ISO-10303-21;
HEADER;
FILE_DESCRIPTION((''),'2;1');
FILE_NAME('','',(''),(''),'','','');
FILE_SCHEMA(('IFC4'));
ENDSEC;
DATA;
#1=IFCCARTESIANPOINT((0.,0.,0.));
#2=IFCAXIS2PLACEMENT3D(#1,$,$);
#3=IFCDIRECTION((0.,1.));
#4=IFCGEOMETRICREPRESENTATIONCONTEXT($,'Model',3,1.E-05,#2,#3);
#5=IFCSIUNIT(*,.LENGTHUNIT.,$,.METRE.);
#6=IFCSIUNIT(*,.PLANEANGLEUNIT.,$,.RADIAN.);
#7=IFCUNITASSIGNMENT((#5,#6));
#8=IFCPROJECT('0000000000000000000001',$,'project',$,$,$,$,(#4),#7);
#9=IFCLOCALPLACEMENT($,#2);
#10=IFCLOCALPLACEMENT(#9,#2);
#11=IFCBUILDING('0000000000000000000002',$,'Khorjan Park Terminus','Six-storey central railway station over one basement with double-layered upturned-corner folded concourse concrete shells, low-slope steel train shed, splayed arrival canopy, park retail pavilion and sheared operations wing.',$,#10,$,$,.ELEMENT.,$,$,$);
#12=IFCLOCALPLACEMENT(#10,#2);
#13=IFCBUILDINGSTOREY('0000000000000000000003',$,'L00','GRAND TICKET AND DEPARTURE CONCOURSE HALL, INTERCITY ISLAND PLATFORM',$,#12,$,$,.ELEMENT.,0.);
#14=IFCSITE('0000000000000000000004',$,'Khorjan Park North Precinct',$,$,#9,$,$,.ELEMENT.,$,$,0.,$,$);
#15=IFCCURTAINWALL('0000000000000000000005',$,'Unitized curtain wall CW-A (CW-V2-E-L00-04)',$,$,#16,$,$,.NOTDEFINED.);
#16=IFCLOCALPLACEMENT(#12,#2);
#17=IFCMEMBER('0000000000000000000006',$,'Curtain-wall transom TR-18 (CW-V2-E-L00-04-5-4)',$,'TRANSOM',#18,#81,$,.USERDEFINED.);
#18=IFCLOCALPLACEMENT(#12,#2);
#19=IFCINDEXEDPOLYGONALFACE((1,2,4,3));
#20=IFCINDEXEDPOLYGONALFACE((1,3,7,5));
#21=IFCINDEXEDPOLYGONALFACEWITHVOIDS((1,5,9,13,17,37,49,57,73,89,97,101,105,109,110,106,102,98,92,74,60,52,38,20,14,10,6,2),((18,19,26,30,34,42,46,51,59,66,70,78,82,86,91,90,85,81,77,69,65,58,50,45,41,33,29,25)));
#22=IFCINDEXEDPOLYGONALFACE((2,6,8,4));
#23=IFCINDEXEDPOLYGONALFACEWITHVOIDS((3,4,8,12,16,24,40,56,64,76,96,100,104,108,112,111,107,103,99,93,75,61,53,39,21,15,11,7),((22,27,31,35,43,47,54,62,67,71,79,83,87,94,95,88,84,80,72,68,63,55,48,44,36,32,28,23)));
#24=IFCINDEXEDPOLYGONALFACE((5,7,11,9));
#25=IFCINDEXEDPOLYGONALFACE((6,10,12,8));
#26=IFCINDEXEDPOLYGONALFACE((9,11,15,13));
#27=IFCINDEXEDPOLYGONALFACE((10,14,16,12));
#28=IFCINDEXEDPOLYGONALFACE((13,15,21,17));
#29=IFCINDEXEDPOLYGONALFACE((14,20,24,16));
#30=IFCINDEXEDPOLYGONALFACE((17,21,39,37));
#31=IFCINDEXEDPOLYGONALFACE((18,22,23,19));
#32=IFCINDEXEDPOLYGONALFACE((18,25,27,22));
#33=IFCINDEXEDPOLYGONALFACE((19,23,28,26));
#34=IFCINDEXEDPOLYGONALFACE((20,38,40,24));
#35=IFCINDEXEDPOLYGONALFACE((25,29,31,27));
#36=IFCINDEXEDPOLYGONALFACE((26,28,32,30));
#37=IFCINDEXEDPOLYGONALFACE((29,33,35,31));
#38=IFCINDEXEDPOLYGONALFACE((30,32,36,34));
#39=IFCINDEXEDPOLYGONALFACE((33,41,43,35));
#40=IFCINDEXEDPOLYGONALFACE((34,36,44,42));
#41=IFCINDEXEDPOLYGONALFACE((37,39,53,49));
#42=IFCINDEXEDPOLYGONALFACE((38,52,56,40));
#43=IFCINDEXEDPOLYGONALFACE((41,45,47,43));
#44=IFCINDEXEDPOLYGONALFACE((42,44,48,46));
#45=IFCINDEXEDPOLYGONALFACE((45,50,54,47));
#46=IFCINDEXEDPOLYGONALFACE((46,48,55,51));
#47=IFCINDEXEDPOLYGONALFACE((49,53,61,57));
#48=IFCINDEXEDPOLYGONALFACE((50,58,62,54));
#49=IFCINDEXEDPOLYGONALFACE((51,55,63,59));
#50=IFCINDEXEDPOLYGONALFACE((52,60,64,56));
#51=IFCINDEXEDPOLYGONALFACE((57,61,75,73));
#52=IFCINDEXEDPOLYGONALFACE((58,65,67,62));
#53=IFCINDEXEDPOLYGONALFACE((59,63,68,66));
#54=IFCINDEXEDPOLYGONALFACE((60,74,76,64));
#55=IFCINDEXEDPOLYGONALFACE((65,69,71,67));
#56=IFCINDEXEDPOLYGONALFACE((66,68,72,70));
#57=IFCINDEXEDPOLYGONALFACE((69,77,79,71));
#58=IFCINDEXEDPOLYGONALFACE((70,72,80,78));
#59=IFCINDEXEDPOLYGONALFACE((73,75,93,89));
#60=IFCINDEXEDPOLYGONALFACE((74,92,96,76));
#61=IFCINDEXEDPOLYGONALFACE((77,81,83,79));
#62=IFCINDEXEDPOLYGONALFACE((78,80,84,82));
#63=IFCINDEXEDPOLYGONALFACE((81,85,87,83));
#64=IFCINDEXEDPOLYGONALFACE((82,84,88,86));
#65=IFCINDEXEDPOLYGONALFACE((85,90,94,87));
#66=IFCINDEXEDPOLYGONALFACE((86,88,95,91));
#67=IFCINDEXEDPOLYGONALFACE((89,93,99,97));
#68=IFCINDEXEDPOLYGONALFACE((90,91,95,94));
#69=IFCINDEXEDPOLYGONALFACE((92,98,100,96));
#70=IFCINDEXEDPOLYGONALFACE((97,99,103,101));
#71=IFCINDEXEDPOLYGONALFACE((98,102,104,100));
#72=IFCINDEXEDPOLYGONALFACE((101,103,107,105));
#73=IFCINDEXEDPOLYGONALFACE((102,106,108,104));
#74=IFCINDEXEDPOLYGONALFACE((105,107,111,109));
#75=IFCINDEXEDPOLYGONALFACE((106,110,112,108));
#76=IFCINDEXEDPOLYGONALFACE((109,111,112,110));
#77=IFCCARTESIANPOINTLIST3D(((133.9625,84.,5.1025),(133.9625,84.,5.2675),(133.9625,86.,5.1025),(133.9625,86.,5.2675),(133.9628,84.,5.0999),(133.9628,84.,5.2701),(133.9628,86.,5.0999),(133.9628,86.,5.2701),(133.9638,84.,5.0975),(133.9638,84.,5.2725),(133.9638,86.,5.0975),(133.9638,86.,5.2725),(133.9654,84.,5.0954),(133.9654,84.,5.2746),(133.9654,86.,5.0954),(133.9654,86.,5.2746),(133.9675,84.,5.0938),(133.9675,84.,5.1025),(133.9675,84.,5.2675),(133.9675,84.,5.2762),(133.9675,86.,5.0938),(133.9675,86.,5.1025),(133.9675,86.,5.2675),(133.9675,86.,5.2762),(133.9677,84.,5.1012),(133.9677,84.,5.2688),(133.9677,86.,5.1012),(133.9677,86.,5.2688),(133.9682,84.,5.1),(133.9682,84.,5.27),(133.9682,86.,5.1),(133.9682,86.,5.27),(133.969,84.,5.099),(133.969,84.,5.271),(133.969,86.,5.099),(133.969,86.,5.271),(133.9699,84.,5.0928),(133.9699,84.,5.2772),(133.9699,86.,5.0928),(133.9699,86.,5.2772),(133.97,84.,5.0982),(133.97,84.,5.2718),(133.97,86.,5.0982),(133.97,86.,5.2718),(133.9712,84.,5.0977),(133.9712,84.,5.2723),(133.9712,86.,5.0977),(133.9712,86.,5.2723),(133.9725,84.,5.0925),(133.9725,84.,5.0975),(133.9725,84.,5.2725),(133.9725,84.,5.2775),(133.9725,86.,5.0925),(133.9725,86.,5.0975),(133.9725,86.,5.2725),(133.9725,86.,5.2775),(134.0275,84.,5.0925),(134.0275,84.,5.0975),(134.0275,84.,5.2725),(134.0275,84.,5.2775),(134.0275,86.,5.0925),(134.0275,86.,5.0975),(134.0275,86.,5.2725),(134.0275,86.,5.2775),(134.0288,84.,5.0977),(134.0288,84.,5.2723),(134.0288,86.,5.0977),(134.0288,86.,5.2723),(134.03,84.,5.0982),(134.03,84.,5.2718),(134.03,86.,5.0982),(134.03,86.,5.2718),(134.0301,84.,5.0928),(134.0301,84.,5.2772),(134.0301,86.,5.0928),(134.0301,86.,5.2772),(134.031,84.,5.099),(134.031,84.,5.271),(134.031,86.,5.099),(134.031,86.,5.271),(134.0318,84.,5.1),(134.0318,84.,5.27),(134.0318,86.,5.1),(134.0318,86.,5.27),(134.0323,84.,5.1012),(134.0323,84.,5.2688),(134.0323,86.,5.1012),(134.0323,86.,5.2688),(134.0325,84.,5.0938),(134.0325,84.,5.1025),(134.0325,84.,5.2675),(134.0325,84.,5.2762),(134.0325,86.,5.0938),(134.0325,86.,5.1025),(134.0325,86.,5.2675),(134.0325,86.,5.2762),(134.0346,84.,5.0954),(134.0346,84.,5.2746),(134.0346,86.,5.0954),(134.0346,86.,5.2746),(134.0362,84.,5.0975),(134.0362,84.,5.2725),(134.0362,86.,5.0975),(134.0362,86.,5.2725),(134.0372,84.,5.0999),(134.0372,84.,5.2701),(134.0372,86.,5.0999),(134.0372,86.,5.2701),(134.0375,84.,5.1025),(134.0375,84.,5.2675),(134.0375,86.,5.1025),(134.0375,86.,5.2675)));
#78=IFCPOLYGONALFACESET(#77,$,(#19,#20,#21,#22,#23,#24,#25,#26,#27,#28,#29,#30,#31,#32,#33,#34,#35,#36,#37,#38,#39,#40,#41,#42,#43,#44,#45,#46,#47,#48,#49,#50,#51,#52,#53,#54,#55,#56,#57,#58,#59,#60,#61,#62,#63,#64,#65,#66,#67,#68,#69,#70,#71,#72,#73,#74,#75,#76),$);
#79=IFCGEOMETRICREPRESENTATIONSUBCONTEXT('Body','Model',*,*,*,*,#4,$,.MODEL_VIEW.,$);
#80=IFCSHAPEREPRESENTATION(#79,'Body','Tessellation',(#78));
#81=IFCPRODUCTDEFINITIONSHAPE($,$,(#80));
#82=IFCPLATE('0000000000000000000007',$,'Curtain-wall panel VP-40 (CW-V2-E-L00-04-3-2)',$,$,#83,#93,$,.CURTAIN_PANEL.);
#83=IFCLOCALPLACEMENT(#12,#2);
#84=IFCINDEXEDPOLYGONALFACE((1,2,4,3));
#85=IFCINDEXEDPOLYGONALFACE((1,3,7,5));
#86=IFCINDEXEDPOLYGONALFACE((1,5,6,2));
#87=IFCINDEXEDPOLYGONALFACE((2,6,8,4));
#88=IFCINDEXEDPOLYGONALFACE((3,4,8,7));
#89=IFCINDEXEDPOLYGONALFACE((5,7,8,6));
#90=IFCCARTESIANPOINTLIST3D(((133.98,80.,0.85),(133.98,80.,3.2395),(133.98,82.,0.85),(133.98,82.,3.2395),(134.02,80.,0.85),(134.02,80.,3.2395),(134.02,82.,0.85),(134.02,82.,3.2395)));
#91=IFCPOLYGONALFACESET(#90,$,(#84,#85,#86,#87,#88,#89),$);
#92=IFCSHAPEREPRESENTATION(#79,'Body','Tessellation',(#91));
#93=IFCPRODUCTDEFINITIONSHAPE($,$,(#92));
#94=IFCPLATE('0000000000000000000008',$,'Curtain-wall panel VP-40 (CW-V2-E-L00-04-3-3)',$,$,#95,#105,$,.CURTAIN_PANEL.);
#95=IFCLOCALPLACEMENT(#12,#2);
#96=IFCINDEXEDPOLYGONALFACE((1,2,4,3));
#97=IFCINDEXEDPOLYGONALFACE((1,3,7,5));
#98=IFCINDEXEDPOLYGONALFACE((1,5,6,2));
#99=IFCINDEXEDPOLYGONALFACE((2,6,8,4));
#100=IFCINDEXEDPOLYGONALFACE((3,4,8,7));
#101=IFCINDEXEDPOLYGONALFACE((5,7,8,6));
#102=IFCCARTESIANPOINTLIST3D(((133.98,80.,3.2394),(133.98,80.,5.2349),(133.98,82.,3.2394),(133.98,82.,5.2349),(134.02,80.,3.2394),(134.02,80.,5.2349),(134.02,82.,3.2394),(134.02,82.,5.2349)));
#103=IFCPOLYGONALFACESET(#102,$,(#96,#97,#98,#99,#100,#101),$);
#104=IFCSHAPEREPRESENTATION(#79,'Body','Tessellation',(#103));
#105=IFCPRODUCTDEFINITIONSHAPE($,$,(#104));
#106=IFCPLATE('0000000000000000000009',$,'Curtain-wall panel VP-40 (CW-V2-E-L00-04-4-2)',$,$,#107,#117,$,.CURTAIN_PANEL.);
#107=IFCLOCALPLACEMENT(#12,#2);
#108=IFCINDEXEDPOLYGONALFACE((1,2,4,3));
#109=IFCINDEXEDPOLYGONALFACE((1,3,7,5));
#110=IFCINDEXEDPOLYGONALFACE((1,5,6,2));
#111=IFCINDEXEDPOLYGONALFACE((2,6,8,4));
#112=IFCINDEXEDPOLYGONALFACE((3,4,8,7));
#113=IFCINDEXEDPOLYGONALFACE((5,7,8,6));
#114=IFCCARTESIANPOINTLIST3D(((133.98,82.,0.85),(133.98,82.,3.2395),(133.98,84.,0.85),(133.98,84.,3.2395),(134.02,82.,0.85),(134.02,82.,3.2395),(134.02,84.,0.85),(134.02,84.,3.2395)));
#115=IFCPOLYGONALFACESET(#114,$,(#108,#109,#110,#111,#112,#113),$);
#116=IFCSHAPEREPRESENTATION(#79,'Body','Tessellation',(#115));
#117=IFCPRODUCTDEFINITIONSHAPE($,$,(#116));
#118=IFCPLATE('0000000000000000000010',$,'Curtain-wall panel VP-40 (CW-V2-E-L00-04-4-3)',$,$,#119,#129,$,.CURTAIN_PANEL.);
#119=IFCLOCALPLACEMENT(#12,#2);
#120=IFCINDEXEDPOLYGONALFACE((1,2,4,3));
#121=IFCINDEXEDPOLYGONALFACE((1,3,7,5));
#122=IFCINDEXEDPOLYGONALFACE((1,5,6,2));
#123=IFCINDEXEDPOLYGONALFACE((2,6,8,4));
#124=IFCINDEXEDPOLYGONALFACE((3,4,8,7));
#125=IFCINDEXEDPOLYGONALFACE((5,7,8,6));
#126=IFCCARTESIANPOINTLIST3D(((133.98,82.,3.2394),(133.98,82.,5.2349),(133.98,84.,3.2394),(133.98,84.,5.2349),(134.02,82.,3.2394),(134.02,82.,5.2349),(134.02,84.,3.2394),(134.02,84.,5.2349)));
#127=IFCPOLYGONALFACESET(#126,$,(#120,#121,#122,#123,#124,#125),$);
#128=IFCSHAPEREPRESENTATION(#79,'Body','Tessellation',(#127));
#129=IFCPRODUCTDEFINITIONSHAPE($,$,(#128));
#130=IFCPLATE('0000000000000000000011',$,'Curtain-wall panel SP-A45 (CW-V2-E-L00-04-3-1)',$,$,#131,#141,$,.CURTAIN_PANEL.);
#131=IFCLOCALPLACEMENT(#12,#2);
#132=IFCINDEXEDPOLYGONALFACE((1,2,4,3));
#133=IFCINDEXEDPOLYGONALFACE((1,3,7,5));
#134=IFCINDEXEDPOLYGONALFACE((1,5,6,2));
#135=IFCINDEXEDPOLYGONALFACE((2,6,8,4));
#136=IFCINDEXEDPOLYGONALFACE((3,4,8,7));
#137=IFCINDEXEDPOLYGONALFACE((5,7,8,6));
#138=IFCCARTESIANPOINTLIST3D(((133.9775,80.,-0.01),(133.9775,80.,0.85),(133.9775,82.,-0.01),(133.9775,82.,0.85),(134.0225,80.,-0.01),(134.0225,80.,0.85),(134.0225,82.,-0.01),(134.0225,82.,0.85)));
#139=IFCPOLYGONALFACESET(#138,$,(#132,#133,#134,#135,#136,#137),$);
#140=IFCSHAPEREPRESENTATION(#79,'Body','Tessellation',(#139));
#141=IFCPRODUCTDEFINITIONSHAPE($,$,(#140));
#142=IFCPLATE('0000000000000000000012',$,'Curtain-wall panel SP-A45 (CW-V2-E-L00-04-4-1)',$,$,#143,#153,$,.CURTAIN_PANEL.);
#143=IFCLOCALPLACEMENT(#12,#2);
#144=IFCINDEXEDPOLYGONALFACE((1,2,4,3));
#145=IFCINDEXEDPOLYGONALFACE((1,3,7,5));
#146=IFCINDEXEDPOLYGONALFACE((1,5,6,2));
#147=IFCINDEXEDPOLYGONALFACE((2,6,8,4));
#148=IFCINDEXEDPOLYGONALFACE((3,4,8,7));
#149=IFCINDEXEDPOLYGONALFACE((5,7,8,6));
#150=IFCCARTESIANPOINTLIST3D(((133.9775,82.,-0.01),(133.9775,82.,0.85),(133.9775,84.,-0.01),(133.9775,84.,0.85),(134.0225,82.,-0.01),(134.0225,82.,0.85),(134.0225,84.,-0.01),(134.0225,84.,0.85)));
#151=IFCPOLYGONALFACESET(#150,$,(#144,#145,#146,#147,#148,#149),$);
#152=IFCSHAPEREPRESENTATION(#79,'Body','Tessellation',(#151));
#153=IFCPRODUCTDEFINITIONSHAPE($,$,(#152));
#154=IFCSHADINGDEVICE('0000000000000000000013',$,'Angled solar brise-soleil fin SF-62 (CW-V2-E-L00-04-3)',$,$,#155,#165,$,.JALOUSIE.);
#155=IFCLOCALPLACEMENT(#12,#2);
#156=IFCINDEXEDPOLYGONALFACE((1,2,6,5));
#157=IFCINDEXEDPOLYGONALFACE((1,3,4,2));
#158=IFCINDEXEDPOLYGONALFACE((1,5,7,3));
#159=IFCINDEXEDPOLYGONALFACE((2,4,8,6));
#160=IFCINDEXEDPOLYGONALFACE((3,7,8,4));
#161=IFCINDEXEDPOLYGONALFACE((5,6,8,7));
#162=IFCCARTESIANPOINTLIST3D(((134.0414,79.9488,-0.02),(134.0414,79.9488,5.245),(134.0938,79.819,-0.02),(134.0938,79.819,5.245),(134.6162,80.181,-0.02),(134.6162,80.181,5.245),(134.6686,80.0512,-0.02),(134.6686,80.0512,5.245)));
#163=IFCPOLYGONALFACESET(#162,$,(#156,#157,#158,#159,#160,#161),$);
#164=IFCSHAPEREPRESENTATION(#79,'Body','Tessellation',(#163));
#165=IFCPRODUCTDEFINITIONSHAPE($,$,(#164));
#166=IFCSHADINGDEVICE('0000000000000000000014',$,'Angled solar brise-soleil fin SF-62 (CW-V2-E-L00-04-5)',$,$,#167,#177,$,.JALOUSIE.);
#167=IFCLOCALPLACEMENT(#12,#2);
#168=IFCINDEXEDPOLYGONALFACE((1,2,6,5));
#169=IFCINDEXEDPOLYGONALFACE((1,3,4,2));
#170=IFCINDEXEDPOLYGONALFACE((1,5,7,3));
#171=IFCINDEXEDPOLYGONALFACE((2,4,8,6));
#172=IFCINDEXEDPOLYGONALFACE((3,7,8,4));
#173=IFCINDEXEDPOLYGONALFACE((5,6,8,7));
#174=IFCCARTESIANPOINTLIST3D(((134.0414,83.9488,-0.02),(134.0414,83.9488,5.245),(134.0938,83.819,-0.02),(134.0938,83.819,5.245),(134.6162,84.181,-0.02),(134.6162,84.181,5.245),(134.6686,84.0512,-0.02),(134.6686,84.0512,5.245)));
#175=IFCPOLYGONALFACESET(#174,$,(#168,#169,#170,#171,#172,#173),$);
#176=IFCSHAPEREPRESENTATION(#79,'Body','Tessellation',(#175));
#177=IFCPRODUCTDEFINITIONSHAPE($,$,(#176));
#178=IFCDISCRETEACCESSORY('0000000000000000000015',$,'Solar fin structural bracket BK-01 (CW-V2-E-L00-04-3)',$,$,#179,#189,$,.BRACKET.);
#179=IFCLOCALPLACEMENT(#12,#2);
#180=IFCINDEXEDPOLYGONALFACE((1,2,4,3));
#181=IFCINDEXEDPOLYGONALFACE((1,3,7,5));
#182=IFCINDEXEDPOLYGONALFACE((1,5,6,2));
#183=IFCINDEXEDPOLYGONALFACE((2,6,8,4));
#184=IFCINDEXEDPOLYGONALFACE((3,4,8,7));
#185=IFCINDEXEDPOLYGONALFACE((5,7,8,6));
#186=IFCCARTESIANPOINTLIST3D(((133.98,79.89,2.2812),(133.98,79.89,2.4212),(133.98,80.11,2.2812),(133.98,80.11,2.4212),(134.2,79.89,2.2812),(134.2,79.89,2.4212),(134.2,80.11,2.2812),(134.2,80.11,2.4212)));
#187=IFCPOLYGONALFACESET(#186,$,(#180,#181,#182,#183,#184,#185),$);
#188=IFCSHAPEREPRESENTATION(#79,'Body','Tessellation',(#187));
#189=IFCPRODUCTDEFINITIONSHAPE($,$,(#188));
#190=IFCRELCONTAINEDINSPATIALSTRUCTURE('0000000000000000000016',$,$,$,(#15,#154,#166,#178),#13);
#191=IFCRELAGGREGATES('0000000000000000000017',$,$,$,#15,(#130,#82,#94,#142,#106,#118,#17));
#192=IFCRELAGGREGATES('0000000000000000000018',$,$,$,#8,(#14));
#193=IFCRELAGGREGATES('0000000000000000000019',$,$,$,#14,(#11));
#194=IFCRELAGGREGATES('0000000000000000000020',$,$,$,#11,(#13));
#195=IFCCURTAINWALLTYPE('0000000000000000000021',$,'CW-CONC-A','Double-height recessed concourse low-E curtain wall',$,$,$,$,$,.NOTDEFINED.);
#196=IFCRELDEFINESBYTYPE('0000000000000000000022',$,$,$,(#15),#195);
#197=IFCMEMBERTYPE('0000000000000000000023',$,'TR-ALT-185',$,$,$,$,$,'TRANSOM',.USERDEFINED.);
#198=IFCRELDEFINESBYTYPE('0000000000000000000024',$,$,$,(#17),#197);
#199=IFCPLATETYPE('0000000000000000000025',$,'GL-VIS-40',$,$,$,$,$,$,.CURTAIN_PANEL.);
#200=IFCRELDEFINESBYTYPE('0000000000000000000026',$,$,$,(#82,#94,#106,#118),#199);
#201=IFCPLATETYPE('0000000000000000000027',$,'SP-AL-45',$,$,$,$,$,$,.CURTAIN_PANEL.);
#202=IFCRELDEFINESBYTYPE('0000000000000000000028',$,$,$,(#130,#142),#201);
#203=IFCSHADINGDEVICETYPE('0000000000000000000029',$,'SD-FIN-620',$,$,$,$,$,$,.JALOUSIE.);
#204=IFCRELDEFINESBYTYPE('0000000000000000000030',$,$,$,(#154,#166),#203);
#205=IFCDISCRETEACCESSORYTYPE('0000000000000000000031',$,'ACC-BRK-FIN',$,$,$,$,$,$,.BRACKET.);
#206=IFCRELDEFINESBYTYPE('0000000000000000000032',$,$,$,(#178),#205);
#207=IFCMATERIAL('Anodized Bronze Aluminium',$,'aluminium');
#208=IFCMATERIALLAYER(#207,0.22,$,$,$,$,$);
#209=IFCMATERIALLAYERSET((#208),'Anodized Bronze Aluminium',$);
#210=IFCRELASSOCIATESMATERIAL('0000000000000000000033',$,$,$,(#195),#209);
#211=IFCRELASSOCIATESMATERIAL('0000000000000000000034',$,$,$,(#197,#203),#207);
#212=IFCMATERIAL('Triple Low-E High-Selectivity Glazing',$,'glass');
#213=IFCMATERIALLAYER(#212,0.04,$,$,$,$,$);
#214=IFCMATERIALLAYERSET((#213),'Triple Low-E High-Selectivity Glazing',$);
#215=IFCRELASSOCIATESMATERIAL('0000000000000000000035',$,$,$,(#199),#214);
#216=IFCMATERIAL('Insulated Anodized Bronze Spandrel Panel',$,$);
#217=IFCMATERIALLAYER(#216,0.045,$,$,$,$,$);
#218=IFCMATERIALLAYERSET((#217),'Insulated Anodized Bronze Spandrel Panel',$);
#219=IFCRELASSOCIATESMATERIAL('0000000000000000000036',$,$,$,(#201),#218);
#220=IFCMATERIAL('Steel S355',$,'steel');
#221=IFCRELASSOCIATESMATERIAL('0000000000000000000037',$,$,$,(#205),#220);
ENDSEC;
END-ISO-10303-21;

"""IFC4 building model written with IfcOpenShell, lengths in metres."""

from ifc_helpers import new_model, si_unit, direction, frame, origin, origin_2d, place, context, subcontext, project, spatial, rectangle, hollow_rectangle, extrude, material, layer, layer_set, material_profile, profile_set, type_object, element, aggregate, save


model = new_model("IFC4")

# Units and contexts
model_context = context("Model", 3, precision=1e-05, world=origin(), true_north=direction((0.0, 1.0)))
body_context = subcontext(model_context, "Body", "Model", "MODEL_VIEW")
ifc_project = project(units=[si_unit("LENGTHUNIT", "METRE"), si_unit("PLANEANGLEUNIT", "RADIAN")], contexts=[model_context])

# Site, building, storey
site_placement = place(None, origin())
site = spatial("IfcSite", under=ifc_project, at=site_placement, Name="Khorjan Park North Precinct", CompositionType="ELEMENT", RefElevation=0.0)
building_placement = place(site_placement, origin())
building = spatial("IfcBuilding", under=site, at=building_placement, Name="Khorjan Park Terminus", Description="Six-storey central railway station over one basement with double-layered upturned-corner folded concourse concrete shells, low-slope steel train shed, splayed arrival canopy, park retail pavilion and sheared operations wing.", CompositionType="ELEMENT")
storey_placement = place(building_placement, origin())
storey = spatial("IfcBuildingStorey", under=building, at=storey_placement, Name="L00", Description="GRAND TICKET AND DEPARTURE CONCOURSE HALL, INTERCITY ISLAND PLATFORM", CompositionType="ELEMENT", Elevation=0.0)

# Curtain wall, member, plates
ifc_material_1 = material(Name="Anodized Bronze Aluminium", Category="aluminium")
ifc_layer_1 = layer(ifc_material_1, 0.22)
ifc_layer_set_1 = layer_set([ifc_layer_1], Name="Anodized Bronze Aluminium")
curtain_wall_type = type_object("IfcCurtainWallType", Name="CW-CONC-A", Description="Double-height recessed concourse low-E curtain wall", PredefinedType="NOTDEFINED", material=ifc_layer_set_1)
curtain_wall_placement = place(storey_placement, origin())
curtain_wall = element("IfcCurtainWall", 1, at=curtain_wall_placement, inside=storey, type_object=curtain_wall_type, Name="Unitized curtain wall CW-A (CW-V2-E-L00-04)", PredefinedType="NOTDEFINED")
ifc_material_profile_1 = material_profile(ifc_material_1, hollow_rectangle(XDim=0.075, YDim=0.185, WallThickness=0.005, InnerFilletRadius=0.005, OuterFilletRadius=0.01, at=origin_2d()), Name="ALT 75x185x5")
ifc_profile_set_1 = profile_set([ifc_material_profile_1], Name="Anodized Bronze Aluminium")
member_type_1 = type_object("IfcMemberType", Name="TR-ALT-185", ElementType="TRANSOM", PredefinedType="USERDEFINED", material=ifc_profile_set_1)
member_1_placement = place(storey_placement, frame((134.0, 84.0, 5.185), z_axis=(0.0, 1.0, 0.0), x_axis=(-1.0, 0.0, 0.0)))
member_1 = element("IfcMember", 2, at=member_1_placement, type_object=member_type_1, Name="Curtain-wall transom TR-18 (CW-V2-E-L00-04-5-4)", ObjectType="TRANSOM", PredefinedType="USERDEFINED", context=body_context, shape_type="SweptSolid", body=[
    extrude(hollow_rectangle(XDim=0.075, YDim=0.185, WallThickness=0.005, InnerFilletRadius=0.005, OuterFilletRadius=0.01, at=origin_2d()), origin(), (0.0, 0.0, 1.0), 2.0),
])
ifc_material_2 = material(Name="Triple Low-E High-Selectivity Glazing", Category="glass")
ifc_layer_2 = layer(ifc_material_2, 0.04)
ifc_layer_set_2 = layer_set([ifc_layer_2], Name="Triple Low-E High-Selectivity Glazing")
plate_type_1 = type_object("IfcPlateType", Name="GL-VIS-40", PredefinedType="CURTAIN_PANEL", material=ifc_layer_set_2)
plate_1_placement = place(storey_placement, frame((134.0, 81.0, 0.85), z_axis=(0.0, 0.0, 1.0), x_axis=(0.0, 1.0, 0.0)))
plate_1 = element("IfcPlate", 3, at=plate_1_placement, type_object=plate_type_1, Name="Curtain-wall panel VP-40 (CW-V2-E-L00-04-3-2)", PredefinedType="CURTAIN_PANEL", context=body_context, shape_type="SweptSolid", body=[
    extrude(rectangle(XDim=2.0, YDim=0.04, at=origin_2d()), origin(), (0.0, 0.0, 1.0), 2.3895),
])
plate_2_placement = place(storey_placement, frame((134.0, 81.0, 3.2394), z_axis=(0.0, 0.0, 1.0), x_axis=(0.0, 1.0, 0.0)))
plate_2 = element("IfcPlate", 4, at=plate_2_placement, type_object=plate_type_1, Name="Curtain-wall panel VP-40 (CW-V2-E-L00-04-3-3)", PredefinedType="CURTAIN_PANEL", context=body_context, shape_type="SweptSolid", body=[
    extrude(rectangle(XDim=2.0, YDim=0.04, at=origin_2d()), origin(), (0.0, 0.0, 1.0), 1.9955),
])
plate_3_placement = place(storey_placement, frame((134.0, 83.0, 0.85), z_axis=(0.0, 0.0, 1.0), x_axis=(0.0, 1.0, 0.0)))
plate_3 = element("IfcPlate", 5, at=plate_3_placement, type_object=plate_type_1, Name="Curtain-wall panel VP-40 (CW-V2-E-L00-04-4-2)", PredefinedType="CURTAIN_PANEL", context=body_context, shape_type="SweptSolid", body=[
    extrude(rectangle(XDim=2.0, YDim=0.04, at=origin_2d()), origin(), (0.0, 0.0, 1.0), 2.3895),
])
plate_4_placement = place(storey_placement, frame((134.0, 83.0, 3.2394), z_axis=(0.0, 0.0, 1.0), x_axis=(0.0, 1.0, 0.0)))
plate_4 = element("IfcPlate", 6, at=plate_4_placement, type_object=plate_type_1, Name="Curtain-wall panel VP-40 (CW-V2-E-L00-04-4-3)", PredefinedType="CURTAIN_PANEL", context=body_context, shape_type="SweptSolid", body=[
    extrude(rectangle(XDim=2.0, YDim=0.04, at=origin_2d()), origin(), (0.0, 0.0, 1.0), 1.9955),
])
ifc_material_3 = material(Name="Insulated Anodized Bronze Spandrel Panel")
ifc_layer_3 = layer(ifc_material_3, 0.045)
ifc_layer_set_3 = layer_set([ifc_layer_3], Name="Insulated Anodized Bronze Spandrel Panel")
plate_type_2 = type_object("IfcPlateType", Name="SP-AL-45", PredefinedType="CURTAIN_PANEL", material=ifc_layer_set_3)
plate_5_placement = place(storey_placement, frame((134.0, 81.0, -0.01), z_axis=(0.0, 0.0, 1.0), x_axis=(0.0, 1.0, 0.0)))
plate_5 = element("IfcPlate", 7, at=plate_5_placement, type_object=plate_type_2, Name="Curtain-wall panel SP-A45 (CW-V2-E-L00-04-3-1)", PredefinedType="CURTAIN_PANEL", context=body_context, shape_type="SweptSolid", body=[
    extrude(rectangle(XDim=2.0, YDim=0.045, at=origin_2d()), origin(), (0.0, 0.0, 1.0), 0.86),
])
plate_6_placement = place(storey_placement, frame((134.0, 83.0, -0.01), z_axis=(0.0, 0.0, 1.0), x_axis=(0.0, 1.0, 0.0)))
plate_6 = element("IfcPlate", 8, at=plate_6_placement, type_object=plate_type_2, Name="Curtain-wall panel SP-A45 (CW-V2-E-L00-04-4-1)", PredefinedType="CURTAIN_PANEL", context=body_context, shape_type="SweptSolid", body=[
    extrude(rectangle(XDim=2.0, YDim=0.045, at=origin_2d()), origin(), (0.0, 0.0, 1.0), 0.86),
])
aggregate(curtain_wall, [plate_5, plate_1, plate_2, plate_6, plate_3, plate_4, member_1])

# Shading devices
shading_device_type = type_object("IfcShadingDeviceType", Name="SD-FIN-620", PredefinedType="JALOUSIE", material=ifc_material_1)
for number, where, z_axis, x_axis, name in (
    (9, (134.355, 80.0, -0.02), (0.0, 0.0, 1.0), (-0.927184, -0.374607, 0.0), "Angled solar brise-soleil fin SF-62 (CW-V2-E-L00-04-3)"),
    (10, (134.355, 84.0, -0.02), (0.0, 0.0, 1.0), (-0.927184, -0.374607, 0.0), "Angled solar brise-soleil fin SF-62 (CW-V2-E-L00-04-5)"),
):
    element("IfcShadingDevice", number, at=place(storey_placement, frame(where, z_axis=z_axis, x_axis=x_axis)), inside=storey, type_object=shading_device_type, Name=name, PredefinedType="JALOUSIE", context=body_context, shape_type="SweptSolid", body=[
        extrude(rectangle(XDim=0.62, YDim=0.14, at=origin_2d()), origin(), (0.0, 0.0, 1.0), 5.265),
    ])

# Discrete accessory
ifc_material_4 = material(Name="Steel S355", Category="steel")
discrete_accessory_type = type_object("IfcDiscreteAccessoryType", Name="ACC-BRK-FIN", PredefinedType="BRACKET", material=ifc_material_4)
for number, where, z_axis, x_axis, name in (
    (11, (134.09, 80.0, 2.2812), (0.0, 0.0, 1.0), (0.0, 1.0, 0.0), "Solar fin structural bracket BK-01 (CW-V2-E-L00-04-3)"),
):
    element("IfcDiscreteAccessory", number, at=place(storey_placement, frame(where, z_axis=z_axis, x_axis=x_axis)), inside=storey, type_object=discrete_accessory_type, Name=name, PredefinedType="BRACKET", context=body_context, shape_type="SweptSolid", body=[
        extrude(rectangle(XDim=0.22, YDim=0.22, at=origin_2d()), origin(), (0.0, 0.0, 1.0), 0.14),
    ])

save(model, "model.ifc")
